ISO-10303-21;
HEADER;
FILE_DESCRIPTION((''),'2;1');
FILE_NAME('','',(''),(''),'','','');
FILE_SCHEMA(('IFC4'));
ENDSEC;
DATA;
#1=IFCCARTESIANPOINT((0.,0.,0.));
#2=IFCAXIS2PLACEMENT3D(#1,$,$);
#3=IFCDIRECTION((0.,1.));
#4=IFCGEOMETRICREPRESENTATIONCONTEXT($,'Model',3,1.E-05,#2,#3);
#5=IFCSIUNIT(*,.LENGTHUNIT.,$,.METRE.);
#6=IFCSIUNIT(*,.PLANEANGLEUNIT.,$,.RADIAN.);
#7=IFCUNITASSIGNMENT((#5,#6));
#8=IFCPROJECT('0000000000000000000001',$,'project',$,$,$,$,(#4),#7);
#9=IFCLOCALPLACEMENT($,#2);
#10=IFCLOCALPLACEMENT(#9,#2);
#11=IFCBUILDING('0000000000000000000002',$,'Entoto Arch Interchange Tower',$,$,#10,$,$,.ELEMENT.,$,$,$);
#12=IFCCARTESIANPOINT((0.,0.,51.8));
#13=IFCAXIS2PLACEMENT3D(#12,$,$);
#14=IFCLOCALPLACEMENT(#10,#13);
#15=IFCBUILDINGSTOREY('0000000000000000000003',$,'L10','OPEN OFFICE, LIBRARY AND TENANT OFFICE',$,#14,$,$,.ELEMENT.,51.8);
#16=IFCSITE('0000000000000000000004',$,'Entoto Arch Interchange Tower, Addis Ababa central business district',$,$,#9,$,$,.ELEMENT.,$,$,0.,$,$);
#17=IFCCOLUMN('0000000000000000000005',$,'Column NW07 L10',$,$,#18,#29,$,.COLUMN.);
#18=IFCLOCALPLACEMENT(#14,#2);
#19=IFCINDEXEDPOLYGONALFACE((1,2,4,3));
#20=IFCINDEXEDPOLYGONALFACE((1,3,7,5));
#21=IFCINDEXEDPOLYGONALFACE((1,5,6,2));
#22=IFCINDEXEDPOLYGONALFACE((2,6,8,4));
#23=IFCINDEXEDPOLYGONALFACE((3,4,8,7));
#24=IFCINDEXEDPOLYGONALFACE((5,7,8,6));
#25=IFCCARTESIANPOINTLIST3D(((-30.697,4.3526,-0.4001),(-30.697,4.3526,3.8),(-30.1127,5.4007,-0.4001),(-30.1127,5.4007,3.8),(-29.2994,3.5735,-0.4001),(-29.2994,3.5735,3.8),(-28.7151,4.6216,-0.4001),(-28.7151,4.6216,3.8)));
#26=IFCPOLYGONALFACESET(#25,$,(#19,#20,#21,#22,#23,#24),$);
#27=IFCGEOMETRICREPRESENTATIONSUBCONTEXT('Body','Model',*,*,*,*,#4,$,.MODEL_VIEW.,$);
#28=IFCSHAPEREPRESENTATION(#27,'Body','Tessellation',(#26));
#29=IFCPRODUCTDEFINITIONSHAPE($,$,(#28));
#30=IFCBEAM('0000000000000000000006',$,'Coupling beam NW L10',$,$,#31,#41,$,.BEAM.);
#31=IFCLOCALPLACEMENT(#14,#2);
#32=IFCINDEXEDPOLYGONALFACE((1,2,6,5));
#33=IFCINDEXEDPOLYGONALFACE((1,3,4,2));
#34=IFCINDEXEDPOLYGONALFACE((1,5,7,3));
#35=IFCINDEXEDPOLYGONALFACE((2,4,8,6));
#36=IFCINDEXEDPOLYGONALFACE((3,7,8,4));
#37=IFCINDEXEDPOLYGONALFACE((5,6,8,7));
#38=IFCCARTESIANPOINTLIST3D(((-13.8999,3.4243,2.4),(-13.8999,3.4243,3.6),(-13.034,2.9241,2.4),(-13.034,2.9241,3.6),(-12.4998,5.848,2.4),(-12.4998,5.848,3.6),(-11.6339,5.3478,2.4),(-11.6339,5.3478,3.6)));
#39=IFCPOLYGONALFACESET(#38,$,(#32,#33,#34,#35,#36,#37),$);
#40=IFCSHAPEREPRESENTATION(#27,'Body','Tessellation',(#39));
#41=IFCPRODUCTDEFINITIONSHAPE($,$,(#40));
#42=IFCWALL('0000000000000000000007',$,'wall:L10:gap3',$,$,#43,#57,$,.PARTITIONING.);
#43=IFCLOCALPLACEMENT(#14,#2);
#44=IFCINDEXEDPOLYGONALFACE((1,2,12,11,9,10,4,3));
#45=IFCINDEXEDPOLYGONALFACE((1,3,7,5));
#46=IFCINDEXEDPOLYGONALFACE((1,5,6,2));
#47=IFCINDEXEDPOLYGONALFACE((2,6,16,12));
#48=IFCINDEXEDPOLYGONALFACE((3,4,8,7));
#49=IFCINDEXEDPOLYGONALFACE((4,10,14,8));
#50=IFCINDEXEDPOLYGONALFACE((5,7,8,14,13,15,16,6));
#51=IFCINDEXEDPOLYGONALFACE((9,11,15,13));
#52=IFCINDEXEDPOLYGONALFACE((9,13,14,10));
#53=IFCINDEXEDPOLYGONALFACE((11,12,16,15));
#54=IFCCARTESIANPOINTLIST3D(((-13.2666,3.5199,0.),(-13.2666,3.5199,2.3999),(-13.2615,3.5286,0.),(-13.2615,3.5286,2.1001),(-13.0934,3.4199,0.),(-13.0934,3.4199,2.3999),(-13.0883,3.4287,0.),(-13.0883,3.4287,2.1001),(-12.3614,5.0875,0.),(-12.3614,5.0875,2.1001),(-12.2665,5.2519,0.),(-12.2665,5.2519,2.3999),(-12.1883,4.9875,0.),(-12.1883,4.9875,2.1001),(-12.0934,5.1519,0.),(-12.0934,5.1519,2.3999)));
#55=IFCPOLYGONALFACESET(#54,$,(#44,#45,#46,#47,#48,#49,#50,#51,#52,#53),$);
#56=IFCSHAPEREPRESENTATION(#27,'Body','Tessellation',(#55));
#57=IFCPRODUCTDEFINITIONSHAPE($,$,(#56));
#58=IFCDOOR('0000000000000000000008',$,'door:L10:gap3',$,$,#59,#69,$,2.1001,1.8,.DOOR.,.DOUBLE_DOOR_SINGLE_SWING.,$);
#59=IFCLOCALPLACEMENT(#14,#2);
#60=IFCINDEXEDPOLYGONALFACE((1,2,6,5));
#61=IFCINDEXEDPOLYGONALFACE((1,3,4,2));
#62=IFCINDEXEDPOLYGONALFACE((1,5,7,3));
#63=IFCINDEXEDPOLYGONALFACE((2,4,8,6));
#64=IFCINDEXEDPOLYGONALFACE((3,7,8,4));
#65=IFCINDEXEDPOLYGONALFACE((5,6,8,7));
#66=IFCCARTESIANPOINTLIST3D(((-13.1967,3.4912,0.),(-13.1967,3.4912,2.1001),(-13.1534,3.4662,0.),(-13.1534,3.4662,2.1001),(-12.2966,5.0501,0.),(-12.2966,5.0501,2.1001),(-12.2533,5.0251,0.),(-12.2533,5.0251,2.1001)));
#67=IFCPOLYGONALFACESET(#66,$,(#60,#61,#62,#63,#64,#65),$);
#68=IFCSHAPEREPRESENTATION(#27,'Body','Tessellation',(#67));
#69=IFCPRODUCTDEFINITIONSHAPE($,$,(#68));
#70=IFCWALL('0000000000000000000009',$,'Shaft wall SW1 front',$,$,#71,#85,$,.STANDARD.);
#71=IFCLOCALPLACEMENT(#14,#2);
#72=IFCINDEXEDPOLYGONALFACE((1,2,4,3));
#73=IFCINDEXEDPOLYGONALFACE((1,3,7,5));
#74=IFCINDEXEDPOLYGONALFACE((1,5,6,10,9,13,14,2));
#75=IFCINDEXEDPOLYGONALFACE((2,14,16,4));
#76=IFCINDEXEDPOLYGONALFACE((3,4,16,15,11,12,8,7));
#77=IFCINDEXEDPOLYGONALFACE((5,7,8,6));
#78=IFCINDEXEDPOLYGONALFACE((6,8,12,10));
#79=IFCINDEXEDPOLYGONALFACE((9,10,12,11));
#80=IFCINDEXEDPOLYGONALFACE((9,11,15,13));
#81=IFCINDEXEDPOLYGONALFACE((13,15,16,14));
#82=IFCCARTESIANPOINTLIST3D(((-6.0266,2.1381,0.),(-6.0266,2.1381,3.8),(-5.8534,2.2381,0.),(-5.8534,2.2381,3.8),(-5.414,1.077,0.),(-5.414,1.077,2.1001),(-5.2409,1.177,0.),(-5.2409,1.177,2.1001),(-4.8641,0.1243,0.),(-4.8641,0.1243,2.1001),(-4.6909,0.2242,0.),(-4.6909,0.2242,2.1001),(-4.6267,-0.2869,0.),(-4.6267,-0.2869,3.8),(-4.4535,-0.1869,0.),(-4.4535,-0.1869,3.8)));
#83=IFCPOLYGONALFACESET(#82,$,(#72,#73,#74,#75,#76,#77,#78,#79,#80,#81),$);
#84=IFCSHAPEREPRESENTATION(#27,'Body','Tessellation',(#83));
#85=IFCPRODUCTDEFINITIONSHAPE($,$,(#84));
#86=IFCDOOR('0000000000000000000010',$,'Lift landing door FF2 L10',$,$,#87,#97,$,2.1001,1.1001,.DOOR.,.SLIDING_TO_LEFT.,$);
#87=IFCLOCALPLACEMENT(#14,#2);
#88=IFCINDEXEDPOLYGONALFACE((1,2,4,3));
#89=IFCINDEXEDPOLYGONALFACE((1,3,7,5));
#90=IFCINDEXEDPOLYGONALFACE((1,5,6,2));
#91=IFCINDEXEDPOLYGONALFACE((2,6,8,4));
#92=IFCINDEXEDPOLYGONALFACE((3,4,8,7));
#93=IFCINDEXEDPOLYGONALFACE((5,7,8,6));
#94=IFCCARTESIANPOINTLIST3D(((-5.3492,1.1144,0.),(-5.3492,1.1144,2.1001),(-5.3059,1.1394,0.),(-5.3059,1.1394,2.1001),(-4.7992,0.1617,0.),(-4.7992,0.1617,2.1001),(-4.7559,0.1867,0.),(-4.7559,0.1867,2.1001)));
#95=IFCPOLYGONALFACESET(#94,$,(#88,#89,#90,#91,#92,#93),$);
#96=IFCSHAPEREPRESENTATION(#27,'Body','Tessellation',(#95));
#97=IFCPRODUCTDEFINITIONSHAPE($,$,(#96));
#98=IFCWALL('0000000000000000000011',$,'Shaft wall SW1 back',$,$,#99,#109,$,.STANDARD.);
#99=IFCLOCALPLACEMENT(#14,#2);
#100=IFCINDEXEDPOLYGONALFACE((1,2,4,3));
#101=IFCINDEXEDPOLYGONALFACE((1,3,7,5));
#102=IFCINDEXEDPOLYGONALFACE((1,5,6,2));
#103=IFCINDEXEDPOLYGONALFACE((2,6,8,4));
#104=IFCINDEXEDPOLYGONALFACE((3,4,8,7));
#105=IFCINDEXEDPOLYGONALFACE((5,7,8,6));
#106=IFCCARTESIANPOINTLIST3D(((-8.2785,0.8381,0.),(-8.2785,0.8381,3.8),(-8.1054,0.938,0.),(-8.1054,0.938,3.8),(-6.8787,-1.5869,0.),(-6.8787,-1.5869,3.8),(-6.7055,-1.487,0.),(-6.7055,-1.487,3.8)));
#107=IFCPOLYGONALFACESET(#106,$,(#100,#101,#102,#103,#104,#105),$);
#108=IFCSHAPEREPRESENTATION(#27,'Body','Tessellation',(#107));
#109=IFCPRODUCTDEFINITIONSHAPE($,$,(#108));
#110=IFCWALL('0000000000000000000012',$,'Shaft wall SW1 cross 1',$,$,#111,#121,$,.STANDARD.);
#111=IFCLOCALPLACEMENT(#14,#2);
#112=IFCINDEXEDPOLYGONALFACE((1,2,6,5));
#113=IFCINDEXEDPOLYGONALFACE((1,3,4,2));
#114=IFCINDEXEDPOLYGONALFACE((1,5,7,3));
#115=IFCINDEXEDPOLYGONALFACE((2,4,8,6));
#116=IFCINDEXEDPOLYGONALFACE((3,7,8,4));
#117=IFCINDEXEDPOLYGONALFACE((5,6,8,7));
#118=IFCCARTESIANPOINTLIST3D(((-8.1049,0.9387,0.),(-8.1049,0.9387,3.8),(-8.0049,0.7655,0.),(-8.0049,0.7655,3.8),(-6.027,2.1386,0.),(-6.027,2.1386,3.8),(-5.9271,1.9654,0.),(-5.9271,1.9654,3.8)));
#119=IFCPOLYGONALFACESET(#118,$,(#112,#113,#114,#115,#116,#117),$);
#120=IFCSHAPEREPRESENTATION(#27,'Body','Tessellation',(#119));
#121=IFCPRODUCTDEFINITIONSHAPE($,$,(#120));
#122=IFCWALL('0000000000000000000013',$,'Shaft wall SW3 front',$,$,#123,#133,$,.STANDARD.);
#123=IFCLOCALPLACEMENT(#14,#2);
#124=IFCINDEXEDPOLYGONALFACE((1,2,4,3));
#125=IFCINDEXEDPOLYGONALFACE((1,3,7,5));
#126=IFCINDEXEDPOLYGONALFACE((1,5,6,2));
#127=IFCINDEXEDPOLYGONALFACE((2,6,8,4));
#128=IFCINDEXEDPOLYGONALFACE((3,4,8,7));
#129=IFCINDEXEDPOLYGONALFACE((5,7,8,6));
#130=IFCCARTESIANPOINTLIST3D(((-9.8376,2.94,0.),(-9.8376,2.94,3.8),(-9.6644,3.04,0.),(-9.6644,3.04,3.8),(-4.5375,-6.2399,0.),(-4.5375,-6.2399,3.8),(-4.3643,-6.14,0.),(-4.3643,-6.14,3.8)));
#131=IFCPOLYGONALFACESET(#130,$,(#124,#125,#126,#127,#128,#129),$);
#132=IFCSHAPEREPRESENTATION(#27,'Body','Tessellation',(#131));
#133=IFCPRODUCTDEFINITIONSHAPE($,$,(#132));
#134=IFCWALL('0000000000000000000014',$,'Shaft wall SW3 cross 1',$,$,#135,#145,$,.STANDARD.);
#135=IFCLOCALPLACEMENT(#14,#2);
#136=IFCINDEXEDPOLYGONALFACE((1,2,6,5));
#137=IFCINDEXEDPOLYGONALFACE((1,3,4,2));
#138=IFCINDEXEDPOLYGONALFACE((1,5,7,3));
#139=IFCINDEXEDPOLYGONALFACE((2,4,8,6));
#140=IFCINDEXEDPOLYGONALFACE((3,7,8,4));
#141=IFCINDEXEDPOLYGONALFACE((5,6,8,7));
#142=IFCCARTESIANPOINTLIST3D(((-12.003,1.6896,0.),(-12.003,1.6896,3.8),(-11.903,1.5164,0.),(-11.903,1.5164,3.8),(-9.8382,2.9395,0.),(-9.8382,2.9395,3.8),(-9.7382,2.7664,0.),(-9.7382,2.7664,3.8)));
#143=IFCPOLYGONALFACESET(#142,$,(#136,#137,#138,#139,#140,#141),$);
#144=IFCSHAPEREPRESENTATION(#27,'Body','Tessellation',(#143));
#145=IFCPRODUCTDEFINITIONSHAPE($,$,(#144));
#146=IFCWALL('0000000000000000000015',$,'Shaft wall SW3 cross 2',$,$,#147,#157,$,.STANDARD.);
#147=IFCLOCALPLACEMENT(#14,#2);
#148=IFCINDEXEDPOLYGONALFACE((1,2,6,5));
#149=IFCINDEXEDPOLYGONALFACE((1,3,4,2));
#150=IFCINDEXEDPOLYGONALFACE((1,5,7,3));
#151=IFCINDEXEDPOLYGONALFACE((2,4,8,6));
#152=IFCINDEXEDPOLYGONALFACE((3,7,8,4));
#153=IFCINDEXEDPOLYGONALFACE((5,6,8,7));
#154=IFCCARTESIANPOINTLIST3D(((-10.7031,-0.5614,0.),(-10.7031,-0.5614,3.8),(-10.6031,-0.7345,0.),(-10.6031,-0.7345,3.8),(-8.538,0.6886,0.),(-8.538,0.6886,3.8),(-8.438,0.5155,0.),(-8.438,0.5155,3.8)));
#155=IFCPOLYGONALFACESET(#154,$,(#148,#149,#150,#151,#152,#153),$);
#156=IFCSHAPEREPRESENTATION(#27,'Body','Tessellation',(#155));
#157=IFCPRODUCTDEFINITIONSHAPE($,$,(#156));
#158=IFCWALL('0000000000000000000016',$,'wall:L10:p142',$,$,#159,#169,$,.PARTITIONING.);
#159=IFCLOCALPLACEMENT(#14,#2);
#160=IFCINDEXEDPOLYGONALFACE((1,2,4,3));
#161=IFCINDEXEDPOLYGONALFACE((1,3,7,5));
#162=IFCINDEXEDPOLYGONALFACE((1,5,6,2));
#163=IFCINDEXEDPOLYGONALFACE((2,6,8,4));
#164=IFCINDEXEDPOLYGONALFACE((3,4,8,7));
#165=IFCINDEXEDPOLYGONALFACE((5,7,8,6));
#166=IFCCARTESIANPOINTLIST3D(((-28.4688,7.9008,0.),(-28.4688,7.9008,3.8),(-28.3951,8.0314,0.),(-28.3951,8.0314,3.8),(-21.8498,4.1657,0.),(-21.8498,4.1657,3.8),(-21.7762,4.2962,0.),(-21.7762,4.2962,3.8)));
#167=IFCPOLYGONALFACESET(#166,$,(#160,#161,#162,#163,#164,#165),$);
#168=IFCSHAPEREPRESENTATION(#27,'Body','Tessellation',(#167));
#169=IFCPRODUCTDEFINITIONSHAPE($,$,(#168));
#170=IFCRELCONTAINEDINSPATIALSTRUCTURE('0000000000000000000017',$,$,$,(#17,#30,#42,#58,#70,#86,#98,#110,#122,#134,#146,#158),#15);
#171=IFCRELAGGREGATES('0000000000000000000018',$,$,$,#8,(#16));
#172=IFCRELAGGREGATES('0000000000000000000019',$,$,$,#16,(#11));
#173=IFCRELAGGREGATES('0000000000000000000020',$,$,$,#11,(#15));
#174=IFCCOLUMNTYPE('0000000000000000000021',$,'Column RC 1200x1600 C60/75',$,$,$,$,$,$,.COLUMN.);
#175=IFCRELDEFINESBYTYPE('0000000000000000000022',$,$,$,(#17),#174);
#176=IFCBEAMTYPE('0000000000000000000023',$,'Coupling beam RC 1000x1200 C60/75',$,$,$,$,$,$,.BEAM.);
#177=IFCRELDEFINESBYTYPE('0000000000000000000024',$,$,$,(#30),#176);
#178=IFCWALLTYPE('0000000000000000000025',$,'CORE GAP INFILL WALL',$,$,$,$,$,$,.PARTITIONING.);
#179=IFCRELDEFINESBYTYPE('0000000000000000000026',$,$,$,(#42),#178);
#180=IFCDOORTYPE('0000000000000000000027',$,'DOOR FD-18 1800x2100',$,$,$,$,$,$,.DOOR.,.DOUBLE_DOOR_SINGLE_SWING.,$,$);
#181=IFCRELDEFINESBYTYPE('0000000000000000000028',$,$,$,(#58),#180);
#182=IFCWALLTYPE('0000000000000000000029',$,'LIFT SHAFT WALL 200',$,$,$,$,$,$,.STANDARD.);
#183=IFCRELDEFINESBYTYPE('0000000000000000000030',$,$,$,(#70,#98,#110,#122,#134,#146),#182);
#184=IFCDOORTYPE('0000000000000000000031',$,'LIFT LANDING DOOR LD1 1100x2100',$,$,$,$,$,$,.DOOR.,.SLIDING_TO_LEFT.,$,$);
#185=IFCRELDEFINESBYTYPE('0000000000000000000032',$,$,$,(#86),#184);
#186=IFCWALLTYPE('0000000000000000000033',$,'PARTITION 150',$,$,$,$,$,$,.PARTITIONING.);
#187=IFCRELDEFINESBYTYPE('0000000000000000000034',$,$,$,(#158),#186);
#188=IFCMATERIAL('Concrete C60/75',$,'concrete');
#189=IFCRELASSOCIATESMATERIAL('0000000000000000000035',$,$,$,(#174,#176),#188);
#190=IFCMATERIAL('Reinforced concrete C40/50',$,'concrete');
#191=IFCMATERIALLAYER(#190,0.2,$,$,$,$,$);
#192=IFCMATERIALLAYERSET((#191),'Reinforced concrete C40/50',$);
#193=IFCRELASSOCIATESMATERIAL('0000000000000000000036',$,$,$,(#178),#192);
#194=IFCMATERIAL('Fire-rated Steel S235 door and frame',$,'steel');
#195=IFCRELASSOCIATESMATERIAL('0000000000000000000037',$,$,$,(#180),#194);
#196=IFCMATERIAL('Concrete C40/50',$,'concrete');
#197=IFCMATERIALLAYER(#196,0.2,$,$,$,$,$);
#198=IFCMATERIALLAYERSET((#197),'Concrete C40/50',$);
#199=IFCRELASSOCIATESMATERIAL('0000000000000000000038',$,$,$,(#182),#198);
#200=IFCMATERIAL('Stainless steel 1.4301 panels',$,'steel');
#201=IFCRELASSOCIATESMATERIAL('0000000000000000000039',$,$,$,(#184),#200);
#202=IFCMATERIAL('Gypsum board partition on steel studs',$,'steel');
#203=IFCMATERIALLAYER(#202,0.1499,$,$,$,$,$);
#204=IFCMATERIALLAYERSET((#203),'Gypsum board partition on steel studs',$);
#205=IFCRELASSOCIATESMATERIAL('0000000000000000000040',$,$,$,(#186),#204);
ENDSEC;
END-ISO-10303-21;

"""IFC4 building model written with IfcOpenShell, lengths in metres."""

from ifc_helpers import new_model, si_unit, direction, frame, frame_2d, origin, origin_2d, place, context, subcontext, project, spatial, rectangle, extrude, material, layer, layer_set, material_profile, profile_set, type_object, element, fill, save


model = new_model("IFC4")

# Units and contexts
model_context = context("Model", 3, precision=1e-05, world=origin(), true_north=direction((0.0, 1.0)))
body_context = subcontext(model_context, "Body", "Model", "MODEL_VIEW")
ifc_project = project(units=[si_unit("LENGTHUNIT", "METRE"), si_unit("PLANEANGLEUNIT", "RADIAN")], contexts=[model_context])

# Site, building, storey
site_placement = place(None, origin())
site = spatial("IfcSite", under=ifc_project, at=site_placement, Name="Entoto Arch Interchange Tower, Addis Ababa central business district", CompositionType="ELEMENT", RefElevation=0.0)
building_placement = place(site_placement, origin())
building = spatial("IfcBuilding", under=site, at=building_placement, Name="Entoto Arch Interchange Tower", CompositionType="ELEMENT")
storey_placement = place(building_placement, frame((0.0, 0.0, 51.8)))
storey = spatial("IfcBuildingStorey", under=building, at=storey_placement, Name="L10", Description="OPEN OFFICE, LIBRARY AND TENANT OFFICE", CompositionType="ELEMENT", Elevation=51.8)

# Column
ifc_material_1 = material(Name="Concrete C60/75", Category="concrete")
ifc_material_profile_1 = material_profile(ifc_material_1, rectangle(XDim=1.2, YDim=1.6001, at=origin_2d()))
ifc_profile_set_1 = profile_set([ifc_material_profile_1], Name="Concrete C60/75")
column_type = type_object("IfcColumnType", Name="Column RC 1200x1600 C60/75", PredefinedType="COLUMN", material=ifc_profile_set_1)
column_placement = place(storey_placement, frame((-29.7061, 4.4871, -0.4001), z_axis=(0.0, 0.0, 1.0), x_axis=(0.486915, 0.873449, 0.0)))
element("IfcColumn", 1, at=column_placement, inside=storey, type_object=column_type, Name="Column NW07 L10", PredefinedType="COLUMN", context=body_context, shape_type="SweptSolid", body=[
    extrude(rectangle(XDim=1.2, YDim=1.6001, at=origin_2d()), origin(), (0.0, 0.0, 1.0), 4.2002),
])

# Beam
ifc_material_profile_2 = material_profile(ifc_material_1, rectangle(XDim=1.0, YDim=1.2, at=origin_2d()))
ifc_profile_set_2 = profile_set([ifc_material_profile_2], Name="Concrete C60/75")
beam_type = type_object("IfcBeamType", Name="Coupling beam RC 1000x1200 C60/75", PredefinedType="BEAM", material=ifc_profile_set_2)
beam_placement = place(storey_placement, frame((-12.0669, 5.5979, 3.0), z_axis=(-0.500201, -0.86591, 0.0), x_axis=(0.86591, -0.500201, 0.0)))
element("IfcBeam", 2, at=beam_placement, inside=storey, type_object=beam_type, Name="Coupling beam NW L10", PredefinedType="BEAM", context=body_context, shape_type="SweptSolid", body=[
    extrude(rectangle(XDim=1.0, YDim=1.2, at=origin_2d()), origin(), (0.0, 0.0, 1.0), 2.7991),
])

# Walls, openings, doors
ifc_material_2 = material(Name="Reinforced concrete C40/50", Category="concrete")
ifc_layer_1 = layer(ifc_material_2, 0.2)
ifc_layer_set_1 = layer_set([ifc_layer_1], Name="Reinforced concrete C40/50")
wall_type_1 = type_object("IfcWallType", Name="CORE GAP INFILL WALL", PredefinedType="PARTITIONING", material=ifc_layer_set_1)
wall_1_placement = place(storey_placement, frame((-12.1799, 5.2019, 0.0), z_axis=(0.0, 0.0, 1.0), x_axis=(-0.500025, -0.866011, 0.0)))
wall_1 = element("IfcWall", 3, at=wall_1_placement, inside=storey, type_object=wall_type_1, Name="wall:L10:gap3", PredefinedType="PARTITIONING", context=body_context, shape_type="SweptSolid", body=[
    extrude(rectangle(XDim=2.0, YDim=0.2, at=frame_2d((1.0, 0.0))), origin(), (0.0, 0.0, 1.0), 2.3999),
])
opening_1_placement = place(wall_1_placement, frame((0.1899, 0.0, 0.0)))
opening_1 = element("IfcOpeningElement", 4, at=opening_1_placement, cuts=wall_1, PredefinedType="OPENING", context=body_context, shape_type="SweptSolid", body=[
    extrude(rectangle(XDim=1.8, YDim=2.1001, at=frame_2d((0.8999, 1.05))), frame((0.0, 0.1099, 0.0), z_axis=(0.0, -1.0, 0.0), x_axis=(1.0, 0.0, 0.0)), (0.0, 0.0, 1.0), 0.22),
])
ifc_material_3 = material(Name="Fire-rated Steel S235 door and frame", Category="steel")
door_type_1 = type_object("IfcDoorType", Name="DOOR FD-18 1800x2100", OperationType="DOUBLE_DOOR_SINGLE_SWING", PredefinedType="DOOR", material=ifc_material_3)
door_1_placement = place(opening_1_placement, origin())
door_1 = element("IfcDoor", 5, at=door_1_placement, inside=storey, type_object=door_type_1, Name="door:L10:gap3", OperationType="DOUBLE_DOOR_SINGLE_SWING", OverallHeight=2.1001, OverallWidth=1.8, PredefinedType="DOOR", context=body_context, shape_type="SweptSolid", body=[
    extrude(rectangle(XDim=1.8, YDim=2.1001, at=frame_2d((0.8999, 1.05))), frame((0.0, 0.0249, 0.0), z_axis=(0.0, -1.0, 0.0), x_axis=(1.0, 0.0, 0.0)), (0.0, 0.0, 1.0), 0.05),
])
fill(opening_1, door_1)
ifc_material_4 = material(Name="Concrete C40/50", Category="concrete")
ifc_layer_2 = layer(ifc_material_4, 0.2)
ifc_layer_set_2 = layer_set([ifc_layer_2], Name="Concrete C40/50")
wall_type_2 = type_object("IfcWallType", Name="LIFT SHAFT WALL 200", PredefinedType="STANDARD", material=ifc_layer_set_2)
wall_2_placement = place(storey_placement, frame((-5.9399, 2.188, 0.0), z_axis=(0.0, 0.0, 1.0), x_axis=(0.499946, -0.866056, 0.0)))
wall_2 = element("IfcWall", 6, at=wall_2_placement, inside=storey, type_object=wall_type_2, Name="Shaft wall SW1 front", PredefinedType="STANDARD", context=body_context, shape_type="SweptSolid", body=[
    extrude(rectangle(XDim=2.8, YDim=0.2, at=frame_2d((1.3999, 0.0))), origin(), (0.0, 0.0, 1.0), 3.8),
])
opening_2_placement = place(wall_2_placement, frame((1.2251, 0.0, 0.0)))
opening_2 = element("IfcOpeningElement", 7, at=opening_2_placement, cuts=wall_2, PredefinedType="OPENING", context=body_context, shape_type="SweptSolid", body=[
    extrude(rectangle(XDim=1.1001, YDim=2.1001, at=frame_2d((0.55, 1.05))), frame((0.0, 0.1099, 0.0), z_axis=(0.0, -1.0, 0.0), x_axis=(1.0, 0.0, 0.0)), (0.0, 0.0, 1.0), 0.22),
])
ifc_material_5 = material(Name="Stainless steel 1.4301 panels", Category="steel")
door_type_2 = type_object("IfcDoorType", Name="LIFT LANDING DOOR LD1 1100x2100", OperationType="SLIDING_TO_LEFT", PredefinedType="DOOR", material=ifc_material_5)
door_2_placement = place(opening_2_placement, origin())
door_2 = element("IfcDoor", 8, at=door_2_placement, inside=storey, type_object=door_type_2, Name="Lift landing door FF2 L10", OperationType="SLIDING_TO_LEFT", OverallHeight=2.1001, OverallWidth=1.1001, PredefinedType="DOOR", context=body_context, shape_type="SweptSolid", body=[
    extrude(rectangle(XDim=1.1001, YDim=2.1001, at=frame_2d((0.55, 1.05))), frame((0.0, 0.0249, 0.0), z_axis=(0.0, -1.0, 0.0), x_axis=(1.0, 0.0, 0.0)), (0.0, 0.0, 1.0), 0.05),
])
fill(opening_2, door_2)

# Walls
wall_3_placement = place(storey_placement, frame((-8.1919, 0.8879, 0.0), z_axis=(0.0, 0.0, 1.0), x_axis=(0.499946, -0.866056, 0.0)))
element("IfcWall", 9, at=wall_3_placement, inside=storey, type_object=wall_type_2, Name="Shaft wall SW1 back", PredefinedType="STANDARD", context=body_context, shape_type="SweptSolid", body=[
    extrude(rectangle(XDim=2.8, YDim=0.2, at=frame_2d((1.3999, 0.0))), origin(), (0.0, 0.0, 1.0), 3.8),
])
wall_4_placement = place(storey_placement, frame((-5.9771, 2.052, 0.0), z_axis=(0.0, 0.0, 1.0), x_axis=(-0.865974, -0.500089, 0.0)))
element("IfcWall", 10, at=wall_4_placement, inside=storey, type_object=wall_type_2, Name="Shaft wall SW1 cross 1", PredefinedType="STANDARD", context=body_context, shape_type="SweptSolid", body=[
    extrude(rectangle(XDim=2.3994, YDim=0.2, at=frame_2d((1.1997, 0.0))), origin(), (0.0, 0.0, 1.0), 3.8),
])
wall_5_placement = place(storey_placement, frame((-9.751, 2.99, 0.0), z_axis=(0.0, 0.0, 1.0), x_axis=(0.500001, -0.866025, 0.0)))
element("IfcWall", 11, at=wall_5_placement, inside=storey, type_object=wall_type_2, Name="Shaft wall SW3 front", PredefinedType="STANDARD", context=body_context, shape_type="SweptSolid", body=[
    extrude(rectangle(XDim=10.6001, YDim=0.2, at=frame_2d((5.3, 0.0))), origin(), (0.0, 0.0, 1.0), 3.8),
])
wall_6_placement = place(storey_placement, frame((-9.7881, 2.853, 0.0), z_axis=(0.0, 0.0, 1.0), x_axis=(-0.865999, -0.500047, 0.0)))
element("IfcWall", 12, at=wall_6_placement, inside=storey, type_object=wall_type_2, Name="Shaft wall SW3 cross 1", PredefinedType="STANDARD", context=body_context, shape_type="SweptSolid", body=[
    extrude(rectangle(XDim=2.4998, YDim=0.2, at=frame_2d((1.25, 0.0))), origin(), (0.0, 0.0, 1.0), 3.8),
])
wall_7_placement = place(storey_placement, frame((-8.488, 0.6021, 0.0), z_axis=(0.0, 0.0, 1.0), x_axis=(-0.866023, -0.500004, 0.0)))
element("IfcWall", 13, at=wall_7_placement, inside=storey, type_object=wall_type_2, Name="Shaft wall SW3 cross 2", PredefinedType="STANDARD", context=body_context, shape_type="SweptSolid", body=[
    extrude(rectangle(XDim=2.5, YDim=0.2, at=frame_2d((1.25, 0.0))), origin(), (0.0, 0.0, 1.0), 3.8),
])
ifc_material_6 = material(Name="Gypsum board partition on steel studs", Category="steel")
ifc_layer_3 = layer(ifc_material_6, 0.1499)
ifc_layer_set_3 = layer_set([ifc_layer_3], Name="Gypsum board partition on steel studs")
wall_type_3 = type_object("IfcWallType", Name="PARTITION 150", PredefinedType="PARTITIONING", material=ifc_layer_set_3)
wall_8_placement = place(storey_placement, frame((-21.813, 4.231, 0.0), z_axis=(0.0, 0.0, 1.0), x_axis=(-0.870901, 0.491458, 0.0)))
element("IfcWall", 14, at=wall_8_placement, inside=storey, type_object=wall_type_3, Name="wall:L10:p142", PredefinedType="PARTITIONING", context=body_context, shape_type="SweptSolid", body=[
    extrude(rectangle(XDim=7.6001, YDim=0.1499, at=frame_2d((3.8, 0.0))), origin(), (0.0, 0.0, 1.0), 3.8),
])

save(model, "model.ifc")
